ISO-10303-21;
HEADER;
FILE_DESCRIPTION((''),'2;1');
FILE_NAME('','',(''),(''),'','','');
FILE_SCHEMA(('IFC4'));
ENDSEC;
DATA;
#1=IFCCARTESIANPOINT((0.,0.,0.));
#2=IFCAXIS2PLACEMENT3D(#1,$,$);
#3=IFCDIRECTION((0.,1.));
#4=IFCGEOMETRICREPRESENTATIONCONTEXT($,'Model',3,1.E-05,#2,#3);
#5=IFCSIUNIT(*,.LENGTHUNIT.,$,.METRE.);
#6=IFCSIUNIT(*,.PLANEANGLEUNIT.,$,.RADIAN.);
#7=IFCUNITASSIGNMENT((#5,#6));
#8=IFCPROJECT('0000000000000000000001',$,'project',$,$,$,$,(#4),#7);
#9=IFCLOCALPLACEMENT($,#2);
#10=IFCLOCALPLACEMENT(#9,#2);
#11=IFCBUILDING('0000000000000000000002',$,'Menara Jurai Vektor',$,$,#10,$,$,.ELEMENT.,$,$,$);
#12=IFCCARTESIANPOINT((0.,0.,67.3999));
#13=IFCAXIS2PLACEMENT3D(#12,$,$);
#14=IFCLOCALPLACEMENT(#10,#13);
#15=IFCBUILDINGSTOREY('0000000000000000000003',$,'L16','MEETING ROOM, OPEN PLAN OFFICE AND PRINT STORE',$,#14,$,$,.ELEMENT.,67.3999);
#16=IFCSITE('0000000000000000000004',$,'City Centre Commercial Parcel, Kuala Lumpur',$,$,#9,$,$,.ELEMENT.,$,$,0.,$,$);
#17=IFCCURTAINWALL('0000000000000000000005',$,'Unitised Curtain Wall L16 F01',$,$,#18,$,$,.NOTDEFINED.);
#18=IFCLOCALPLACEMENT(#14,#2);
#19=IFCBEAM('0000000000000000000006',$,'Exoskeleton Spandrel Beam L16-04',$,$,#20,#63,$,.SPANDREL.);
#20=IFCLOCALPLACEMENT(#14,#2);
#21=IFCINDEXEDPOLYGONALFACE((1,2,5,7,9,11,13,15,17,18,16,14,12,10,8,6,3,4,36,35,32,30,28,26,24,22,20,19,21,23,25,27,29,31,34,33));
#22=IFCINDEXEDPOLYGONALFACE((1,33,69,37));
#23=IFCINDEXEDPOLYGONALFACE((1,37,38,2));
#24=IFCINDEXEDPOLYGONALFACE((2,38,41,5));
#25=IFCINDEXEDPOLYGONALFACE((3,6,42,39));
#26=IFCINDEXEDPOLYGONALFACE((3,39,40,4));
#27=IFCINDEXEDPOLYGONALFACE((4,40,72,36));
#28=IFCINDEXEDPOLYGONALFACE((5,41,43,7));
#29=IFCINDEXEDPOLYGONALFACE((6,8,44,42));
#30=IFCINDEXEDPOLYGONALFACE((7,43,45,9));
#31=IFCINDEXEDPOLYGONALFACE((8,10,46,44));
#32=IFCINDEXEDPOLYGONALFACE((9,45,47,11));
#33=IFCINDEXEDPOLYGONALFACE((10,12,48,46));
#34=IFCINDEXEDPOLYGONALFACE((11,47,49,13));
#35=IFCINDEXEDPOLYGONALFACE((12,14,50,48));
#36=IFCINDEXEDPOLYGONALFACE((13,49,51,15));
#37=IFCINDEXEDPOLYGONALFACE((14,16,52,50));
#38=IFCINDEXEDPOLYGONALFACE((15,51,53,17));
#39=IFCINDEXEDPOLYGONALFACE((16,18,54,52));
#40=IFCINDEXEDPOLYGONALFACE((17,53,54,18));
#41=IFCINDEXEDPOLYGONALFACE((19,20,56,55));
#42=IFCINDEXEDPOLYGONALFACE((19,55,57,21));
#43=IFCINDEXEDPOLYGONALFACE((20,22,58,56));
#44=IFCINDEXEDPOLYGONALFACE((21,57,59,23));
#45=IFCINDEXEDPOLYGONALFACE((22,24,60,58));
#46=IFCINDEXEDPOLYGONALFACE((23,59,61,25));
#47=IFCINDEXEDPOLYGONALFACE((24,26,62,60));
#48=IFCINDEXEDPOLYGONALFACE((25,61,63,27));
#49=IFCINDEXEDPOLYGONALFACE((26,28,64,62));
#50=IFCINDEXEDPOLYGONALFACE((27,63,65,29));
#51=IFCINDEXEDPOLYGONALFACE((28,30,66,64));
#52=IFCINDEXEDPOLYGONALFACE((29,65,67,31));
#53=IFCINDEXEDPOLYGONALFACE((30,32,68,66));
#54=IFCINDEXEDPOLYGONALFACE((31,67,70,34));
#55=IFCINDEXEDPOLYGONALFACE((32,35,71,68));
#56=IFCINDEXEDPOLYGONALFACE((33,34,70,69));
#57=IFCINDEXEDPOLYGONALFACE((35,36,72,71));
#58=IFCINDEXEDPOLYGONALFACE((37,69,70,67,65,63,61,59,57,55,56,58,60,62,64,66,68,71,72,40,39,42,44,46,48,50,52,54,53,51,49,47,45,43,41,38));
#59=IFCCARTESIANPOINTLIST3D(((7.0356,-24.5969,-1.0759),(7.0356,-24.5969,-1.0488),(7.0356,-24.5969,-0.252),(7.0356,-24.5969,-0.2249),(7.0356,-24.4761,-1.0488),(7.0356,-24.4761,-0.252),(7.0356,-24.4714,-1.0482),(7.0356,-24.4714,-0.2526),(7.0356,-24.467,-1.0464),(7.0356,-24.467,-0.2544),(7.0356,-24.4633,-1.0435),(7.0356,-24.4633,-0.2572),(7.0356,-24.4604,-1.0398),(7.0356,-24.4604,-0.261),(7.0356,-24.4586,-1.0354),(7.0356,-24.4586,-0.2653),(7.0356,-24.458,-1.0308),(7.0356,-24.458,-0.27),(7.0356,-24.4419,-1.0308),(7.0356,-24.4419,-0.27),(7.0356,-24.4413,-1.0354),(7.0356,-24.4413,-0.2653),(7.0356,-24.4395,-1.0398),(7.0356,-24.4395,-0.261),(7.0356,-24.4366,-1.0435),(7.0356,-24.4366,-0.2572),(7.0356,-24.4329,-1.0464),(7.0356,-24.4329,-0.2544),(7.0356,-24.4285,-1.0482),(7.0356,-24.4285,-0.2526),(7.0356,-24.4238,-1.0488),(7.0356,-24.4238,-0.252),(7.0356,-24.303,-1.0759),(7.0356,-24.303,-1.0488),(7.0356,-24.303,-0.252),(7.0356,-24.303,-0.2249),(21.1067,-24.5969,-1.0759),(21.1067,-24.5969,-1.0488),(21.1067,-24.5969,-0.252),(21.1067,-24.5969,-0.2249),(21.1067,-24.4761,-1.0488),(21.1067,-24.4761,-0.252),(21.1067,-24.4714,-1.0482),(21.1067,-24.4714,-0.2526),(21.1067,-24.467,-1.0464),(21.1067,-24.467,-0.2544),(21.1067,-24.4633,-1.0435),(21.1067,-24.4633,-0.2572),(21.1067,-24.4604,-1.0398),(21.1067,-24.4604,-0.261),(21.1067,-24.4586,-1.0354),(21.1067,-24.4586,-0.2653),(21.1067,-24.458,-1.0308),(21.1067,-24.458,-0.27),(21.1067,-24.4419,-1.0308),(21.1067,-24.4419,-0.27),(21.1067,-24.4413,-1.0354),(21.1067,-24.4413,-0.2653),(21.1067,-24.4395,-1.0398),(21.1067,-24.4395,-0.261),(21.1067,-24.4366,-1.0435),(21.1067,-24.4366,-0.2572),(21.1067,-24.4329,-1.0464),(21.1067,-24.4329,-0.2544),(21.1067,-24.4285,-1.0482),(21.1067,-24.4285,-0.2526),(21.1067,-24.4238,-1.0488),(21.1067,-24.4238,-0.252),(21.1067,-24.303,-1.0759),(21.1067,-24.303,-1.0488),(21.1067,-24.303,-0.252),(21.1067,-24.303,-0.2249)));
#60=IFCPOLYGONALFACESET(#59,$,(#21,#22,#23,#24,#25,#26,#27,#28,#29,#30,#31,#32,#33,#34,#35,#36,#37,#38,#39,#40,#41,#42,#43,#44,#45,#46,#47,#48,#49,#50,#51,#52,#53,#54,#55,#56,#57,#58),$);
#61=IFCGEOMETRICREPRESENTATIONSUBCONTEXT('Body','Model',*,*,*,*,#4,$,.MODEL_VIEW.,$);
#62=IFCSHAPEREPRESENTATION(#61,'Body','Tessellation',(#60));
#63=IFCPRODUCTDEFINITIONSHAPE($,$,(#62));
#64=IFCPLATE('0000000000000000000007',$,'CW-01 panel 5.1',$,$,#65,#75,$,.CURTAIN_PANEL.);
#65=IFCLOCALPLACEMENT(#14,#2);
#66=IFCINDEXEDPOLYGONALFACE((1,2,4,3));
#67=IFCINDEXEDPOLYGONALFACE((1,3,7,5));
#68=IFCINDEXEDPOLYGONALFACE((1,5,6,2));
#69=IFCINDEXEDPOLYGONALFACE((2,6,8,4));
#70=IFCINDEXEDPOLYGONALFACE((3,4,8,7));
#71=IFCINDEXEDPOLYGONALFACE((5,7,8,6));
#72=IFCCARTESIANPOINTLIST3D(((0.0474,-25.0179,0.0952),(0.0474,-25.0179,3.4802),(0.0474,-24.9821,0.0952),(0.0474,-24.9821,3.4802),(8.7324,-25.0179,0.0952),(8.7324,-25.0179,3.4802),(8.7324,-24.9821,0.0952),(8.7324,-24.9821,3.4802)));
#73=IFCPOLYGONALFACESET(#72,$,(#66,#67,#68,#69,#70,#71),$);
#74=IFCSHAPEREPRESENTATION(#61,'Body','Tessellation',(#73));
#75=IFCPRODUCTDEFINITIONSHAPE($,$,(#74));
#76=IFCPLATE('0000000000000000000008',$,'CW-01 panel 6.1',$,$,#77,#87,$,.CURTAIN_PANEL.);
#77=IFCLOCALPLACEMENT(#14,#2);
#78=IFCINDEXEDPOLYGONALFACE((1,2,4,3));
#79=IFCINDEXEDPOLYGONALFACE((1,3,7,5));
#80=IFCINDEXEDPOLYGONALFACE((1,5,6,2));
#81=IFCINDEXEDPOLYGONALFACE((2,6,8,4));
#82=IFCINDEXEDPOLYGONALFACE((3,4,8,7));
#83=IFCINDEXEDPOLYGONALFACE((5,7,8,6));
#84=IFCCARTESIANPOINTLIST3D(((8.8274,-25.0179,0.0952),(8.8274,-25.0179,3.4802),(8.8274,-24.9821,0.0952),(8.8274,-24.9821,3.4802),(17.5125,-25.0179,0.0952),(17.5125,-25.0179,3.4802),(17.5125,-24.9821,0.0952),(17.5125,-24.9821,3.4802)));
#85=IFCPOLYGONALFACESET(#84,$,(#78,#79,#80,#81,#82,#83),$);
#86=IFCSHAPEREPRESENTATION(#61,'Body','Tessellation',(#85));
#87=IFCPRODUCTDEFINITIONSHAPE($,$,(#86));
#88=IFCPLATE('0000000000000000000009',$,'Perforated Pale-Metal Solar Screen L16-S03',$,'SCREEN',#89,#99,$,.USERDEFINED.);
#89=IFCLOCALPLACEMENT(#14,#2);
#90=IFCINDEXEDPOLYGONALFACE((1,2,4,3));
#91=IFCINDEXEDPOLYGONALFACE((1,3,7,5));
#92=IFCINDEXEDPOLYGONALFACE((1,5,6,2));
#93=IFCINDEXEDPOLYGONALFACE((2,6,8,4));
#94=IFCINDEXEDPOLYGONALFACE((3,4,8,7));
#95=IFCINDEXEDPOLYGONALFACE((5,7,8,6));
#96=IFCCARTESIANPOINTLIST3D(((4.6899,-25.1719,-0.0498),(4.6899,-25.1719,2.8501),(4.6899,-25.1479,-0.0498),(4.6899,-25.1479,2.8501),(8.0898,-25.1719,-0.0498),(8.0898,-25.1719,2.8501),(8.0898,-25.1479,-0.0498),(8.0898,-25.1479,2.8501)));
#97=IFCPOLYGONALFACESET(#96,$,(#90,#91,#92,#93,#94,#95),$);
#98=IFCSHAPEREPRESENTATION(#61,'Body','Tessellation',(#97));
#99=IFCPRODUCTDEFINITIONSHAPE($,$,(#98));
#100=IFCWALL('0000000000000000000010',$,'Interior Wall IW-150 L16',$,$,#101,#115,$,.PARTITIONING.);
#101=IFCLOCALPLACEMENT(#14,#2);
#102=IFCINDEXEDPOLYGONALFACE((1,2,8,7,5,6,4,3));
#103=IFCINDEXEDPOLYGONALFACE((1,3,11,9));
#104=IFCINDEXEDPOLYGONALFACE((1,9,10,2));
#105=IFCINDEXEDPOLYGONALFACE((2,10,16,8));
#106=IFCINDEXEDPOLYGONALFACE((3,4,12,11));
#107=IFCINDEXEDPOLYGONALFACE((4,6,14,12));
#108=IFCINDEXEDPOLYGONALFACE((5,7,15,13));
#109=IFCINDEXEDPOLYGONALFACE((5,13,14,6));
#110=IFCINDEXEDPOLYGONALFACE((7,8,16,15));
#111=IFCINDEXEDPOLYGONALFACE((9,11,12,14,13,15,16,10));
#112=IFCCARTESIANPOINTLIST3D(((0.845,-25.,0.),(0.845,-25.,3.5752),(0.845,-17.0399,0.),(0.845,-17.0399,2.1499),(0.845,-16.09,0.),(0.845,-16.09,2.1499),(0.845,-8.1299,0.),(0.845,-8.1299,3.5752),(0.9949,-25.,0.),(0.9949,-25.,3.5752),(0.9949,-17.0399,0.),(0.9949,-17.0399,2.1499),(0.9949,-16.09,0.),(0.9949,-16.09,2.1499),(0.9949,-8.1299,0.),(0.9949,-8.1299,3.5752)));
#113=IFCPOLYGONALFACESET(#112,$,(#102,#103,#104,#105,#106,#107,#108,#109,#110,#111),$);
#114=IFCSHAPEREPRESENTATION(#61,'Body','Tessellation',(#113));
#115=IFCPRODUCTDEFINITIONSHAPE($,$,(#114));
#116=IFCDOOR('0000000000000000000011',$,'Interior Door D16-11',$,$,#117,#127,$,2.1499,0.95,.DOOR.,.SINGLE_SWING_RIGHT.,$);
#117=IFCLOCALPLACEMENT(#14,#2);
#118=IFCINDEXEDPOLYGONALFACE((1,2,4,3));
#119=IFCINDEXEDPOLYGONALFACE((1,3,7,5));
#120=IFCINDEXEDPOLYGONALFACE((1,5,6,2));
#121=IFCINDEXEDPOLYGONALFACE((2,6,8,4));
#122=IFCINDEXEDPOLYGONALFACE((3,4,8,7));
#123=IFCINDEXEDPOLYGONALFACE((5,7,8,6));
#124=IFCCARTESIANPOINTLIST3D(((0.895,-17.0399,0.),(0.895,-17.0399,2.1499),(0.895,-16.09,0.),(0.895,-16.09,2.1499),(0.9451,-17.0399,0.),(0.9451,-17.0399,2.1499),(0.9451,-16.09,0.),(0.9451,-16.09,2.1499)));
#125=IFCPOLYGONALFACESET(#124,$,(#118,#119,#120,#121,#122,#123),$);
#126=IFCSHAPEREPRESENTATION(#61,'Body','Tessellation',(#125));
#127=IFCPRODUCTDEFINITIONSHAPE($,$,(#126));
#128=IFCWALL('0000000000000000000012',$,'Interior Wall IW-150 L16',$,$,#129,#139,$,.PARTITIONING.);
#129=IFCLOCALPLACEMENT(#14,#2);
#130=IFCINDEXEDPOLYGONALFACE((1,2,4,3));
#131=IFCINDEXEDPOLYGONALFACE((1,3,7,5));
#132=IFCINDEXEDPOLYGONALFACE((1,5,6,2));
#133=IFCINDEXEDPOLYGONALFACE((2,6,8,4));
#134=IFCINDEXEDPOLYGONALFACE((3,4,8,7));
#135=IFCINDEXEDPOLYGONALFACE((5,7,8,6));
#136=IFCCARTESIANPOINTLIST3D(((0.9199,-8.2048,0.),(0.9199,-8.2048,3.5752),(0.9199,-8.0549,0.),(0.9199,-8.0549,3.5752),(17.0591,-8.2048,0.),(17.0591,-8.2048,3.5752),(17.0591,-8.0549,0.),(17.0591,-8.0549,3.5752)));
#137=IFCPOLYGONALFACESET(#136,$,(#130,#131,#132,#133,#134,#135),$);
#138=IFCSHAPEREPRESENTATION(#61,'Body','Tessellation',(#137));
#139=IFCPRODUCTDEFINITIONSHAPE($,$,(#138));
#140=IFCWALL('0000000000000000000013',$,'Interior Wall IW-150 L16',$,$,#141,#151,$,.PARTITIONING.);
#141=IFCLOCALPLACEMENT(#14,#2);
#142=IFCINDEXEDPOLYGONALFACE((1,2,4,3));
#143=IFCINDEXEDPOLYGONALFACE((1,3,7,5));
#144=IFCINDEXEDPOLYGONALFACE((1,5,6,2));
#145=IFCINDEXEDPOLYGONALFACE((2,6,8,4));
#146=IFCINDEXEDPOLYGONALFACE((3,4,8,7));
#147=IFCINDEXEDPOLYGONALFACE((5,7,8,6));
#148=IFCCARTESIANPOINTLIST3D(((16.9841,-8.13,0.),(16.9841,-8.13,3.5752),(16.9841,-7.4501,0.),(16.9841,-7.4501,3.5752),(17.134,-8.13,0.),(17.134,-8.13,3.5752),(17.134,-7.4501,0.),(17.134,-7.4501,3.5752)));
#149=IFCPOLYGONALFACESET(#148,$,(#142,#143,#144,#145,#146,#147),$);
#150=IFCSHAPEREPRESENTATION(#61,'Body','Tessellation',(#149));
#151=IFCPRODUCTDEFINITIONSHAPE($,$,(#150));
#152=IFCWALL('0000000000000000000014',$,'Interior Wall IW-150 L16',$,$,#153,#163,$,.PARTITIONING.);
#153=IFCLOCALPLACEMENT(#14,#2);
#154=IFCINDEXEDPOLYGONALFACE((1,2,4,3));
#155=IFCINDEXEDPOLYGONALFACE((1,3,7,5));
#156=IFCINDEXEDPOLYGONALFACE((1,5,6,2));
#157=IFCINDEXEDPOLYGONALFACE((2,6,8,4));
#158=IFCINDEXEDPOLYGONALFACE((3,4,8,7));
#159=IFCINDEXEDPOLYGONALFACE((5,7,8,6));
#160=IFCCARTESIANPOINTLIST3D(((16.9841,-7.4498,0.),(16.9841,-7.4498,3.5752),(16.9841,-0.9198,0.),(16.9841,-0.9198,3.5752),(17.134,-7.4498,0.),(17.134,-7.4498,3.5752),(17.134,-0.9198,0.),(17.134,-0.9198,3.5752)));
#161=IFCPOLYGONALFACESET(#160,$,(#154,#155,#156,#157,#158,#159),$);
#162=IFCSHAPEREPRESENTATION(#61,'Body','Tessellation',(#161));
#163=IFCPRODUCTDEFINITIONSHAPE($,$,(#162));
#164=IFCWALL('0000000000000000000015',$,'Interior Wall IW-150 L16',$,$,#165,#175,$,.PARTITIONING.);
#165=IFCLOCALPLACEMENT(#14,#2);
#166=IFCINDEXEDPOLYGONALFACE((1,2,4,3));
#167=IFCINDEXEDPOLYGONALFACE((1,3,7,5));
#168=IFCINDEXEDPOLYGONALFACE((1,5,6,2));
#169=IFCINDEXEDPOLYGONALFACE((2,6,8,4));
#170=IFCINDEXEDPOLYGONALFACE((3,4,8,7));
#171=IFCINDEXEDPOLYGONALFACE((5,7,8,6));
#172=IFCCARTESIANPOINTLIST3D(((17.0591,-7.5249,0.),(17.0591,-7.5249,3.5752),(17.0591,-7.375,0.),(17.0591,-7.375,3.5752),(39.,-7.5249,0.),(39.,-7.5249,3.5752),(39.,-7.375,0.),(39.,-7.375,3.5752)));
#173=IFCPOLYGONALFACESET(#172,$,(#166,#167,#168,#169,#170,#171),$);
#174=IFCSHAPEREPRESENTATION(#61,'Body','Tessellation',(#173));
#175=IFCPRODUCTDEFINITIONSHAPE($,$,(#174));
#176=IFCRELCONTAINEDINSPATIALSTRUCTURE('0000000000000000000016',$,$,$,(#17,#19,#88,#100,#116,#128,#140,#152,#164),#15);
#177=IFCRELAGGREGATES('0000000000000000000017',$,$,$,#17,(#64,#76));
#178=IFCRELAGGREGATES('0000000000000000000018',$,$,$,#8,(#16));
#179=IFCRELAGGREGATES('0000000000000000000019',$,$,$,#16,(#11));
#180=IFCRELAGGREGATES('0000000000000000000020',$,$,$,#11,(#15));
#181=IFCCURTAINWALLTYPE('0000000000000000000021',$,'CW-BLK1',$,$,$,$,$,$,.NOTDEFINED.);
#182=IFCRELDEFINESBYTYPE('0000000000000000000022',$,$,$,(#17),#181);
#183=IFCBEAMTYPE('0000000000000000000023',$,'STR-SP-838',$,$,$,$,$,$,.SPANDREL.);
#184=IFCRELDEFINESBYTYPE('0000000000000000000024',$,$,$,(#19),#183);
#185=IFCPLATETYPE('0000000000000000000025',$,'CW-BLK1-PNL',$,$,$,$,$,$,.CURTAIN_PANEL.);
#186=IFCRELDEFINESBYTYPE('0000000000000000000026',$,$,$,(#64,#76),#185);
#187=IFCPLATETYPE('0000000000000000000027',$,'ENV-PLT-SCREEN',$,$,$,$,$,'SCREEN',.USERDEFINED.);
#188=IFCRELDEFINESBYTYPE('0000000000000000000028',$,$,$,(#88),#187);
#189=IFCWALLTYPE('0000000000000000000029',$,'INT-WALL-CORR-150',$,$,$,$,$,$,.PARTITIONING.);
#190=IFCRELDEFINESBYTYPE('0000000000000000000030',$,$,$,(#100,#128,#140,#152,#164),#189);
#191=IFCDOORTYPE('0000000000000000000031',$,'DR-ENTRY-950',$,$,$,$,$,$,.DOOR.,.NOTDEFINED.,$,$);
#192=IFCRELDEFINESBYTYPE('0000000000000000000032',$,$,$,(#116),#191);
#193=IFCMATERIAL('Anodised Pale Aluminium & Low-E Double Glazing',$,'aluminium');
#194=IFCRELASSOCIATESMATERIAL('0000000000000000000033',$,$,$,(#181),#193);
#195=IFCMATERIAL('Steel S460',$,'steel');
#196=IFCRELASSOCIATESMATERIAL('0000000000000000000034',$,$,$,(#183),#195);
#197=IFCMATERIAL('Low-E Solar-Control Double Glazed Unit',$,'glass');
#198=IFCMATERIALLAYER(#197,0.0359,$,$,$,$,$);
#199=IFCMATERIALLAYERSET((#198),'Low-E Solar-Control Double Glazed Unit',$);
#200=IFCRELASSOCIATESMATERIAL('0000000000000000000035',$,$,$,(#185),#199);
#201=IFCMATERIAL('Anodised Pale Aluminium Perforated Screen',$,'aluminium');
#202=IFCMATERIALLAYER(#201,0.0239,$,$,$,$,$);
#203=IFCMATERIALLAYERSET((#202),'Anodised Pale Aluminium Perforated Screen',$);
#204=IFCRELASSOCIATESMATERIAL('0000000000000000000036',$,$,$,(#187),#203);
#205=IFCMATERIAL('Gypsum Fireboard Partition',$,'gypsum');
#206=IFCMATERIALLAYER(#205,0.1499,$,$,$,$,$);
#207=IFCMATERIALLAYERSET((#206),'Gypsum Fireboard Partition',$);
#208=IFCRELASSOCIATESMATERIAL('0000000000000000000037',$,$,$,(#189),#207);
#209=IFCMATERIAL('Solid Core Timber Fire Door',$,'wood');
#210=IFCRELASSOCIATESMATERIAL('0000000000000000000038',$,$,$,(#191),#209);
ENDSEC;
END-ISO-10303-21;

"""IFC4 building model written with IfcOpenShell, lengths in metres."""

from ifc_helpers import new_model, si_unit, direction, frame, frame_2d, origin, origin_2d, place, context, subcontext, project, spatial, rectangle, i_section, extrude, material, layer, layer_set, material_profile, profile_set, type_object, element, fill, aggregate, save


model = new_model("IFC4")

# Units and contexts
model_context = context("Model", 3, precision=1e-05, world=origin(), true_north=direction((0.0, 1.0)))
body_context = subcontext(model_context, "Body", "Model", "MODEL_VIEW")
ifc_project = project(units=[si_unit("LENGTHUNIT", "METRE"), si_unit("PLANEANGLEUNIT", "RADIAN")], contexts=[model_context])

# Site, building, storey
site_placement = place(None, origin())
site = spatial("IfcSite", under=ifc_project, at=site_placement, Name="City Centre Commercial Parcel, Kuala Lumpur", CompositionType="ELEMENT", RefElevation=0.0)
building_placement = place(site_placement, origin())
building = spatial("IfcBuilding", under=site, at=building_placement, Name="Menara Jurai Vektor", CompositionType="ELEMENT")
storey_placement = place(building_placement, frame((0.0, 0.0, 67.3999)))
storey = spatial("IfcBuildingStorey", under=building, at=storey_placement, Name="L16", Description="MEETING ROOM, OPEN PLAN OFFICE AND PRINT STORE", CompositionType="ELEMENT", Elevation=67.3999)

# Shared definitions
ifc_material_1 = material(Name="Steel S460", Category="steel")

# Curtain wall
ifc_material_2 = material(Name="Anodised Pale Aluminium & Low-E Double Glazing", Category="aluminium")
curtain_wall_type = type_object("IfcCurtainWallType", Name="CW-BLK1", PredefinedType="NOTDEFINED", material=ifc_material_2)
curtain_wall_placement = place(storey_placement, origin())
curtain_wall = element("IfcCurtainWall", 1, at=curtain_wall_placement, inside=storey, type_object=curtain_wall_type, Name="Unitised Curtain Wall L16 F01", PredefinedType="NOTDEFINED")

# Beam
ifc_material_profile_1 = material_profile(ifc_material_1, i_section(OverallWidth=0.2939, OverallDepth=0.8511, WebThickness=0.0161, FlangeThickness=0.0271, FilletRadius=0.0181, at=origin_2d()), Name="UKB 838x292x226")
ifc_profile_set_1 = profile_set([ifc_material_profile_1], Name="Steel S460")
beam_type_1 = type_object("IfcBeamType", Name="STR-SP-838", PredefinedType="SPANDREL", material=ifc_profile_set_1)
beam_1_placement = place(storey_placement, frame((7.0356, -24.45, -0.6504), z_axis=(1.0, 0.0, 0.0), x_axis=(0.0, 1.0, 0.0)))
element("IfcBeam", 2, at=beam_1_placement, inside=storey, type_object=beam_type_1, Name="Exoskeleton Spandrel Beam L16-04", PredefinedType="SPANDREL", context=body_context, shape_type="SweptSolid", body=[
    extrude(i_section(OverallWidth=0.2939, OverallDepth=0.8511, WebThickness=0.0161, FlangeThickness=0.0271, FilletRadius=0.0181, at=origin_2d()), origin(), (0.0, 0.0, 1.0), 14.071),
])

# Plates
ifc_material_3 = material(Name="Low-E Solar-Control Double Glazed Unit", Category="glass")
ifc_layer_1 = layer(ifc_material_3, 0.0359)
ifc_layer_set_1 = layer_set([ifc_layer_1], Name="Low-E Solar-Control Double Glazed Unit")
plate_type_1 = type_object("IfcPlateType", Name="CW-BLK1-PNL", PredefinedType="CURTAIN_PANEL", material=ifc_layer_set_1)
plate_1_placement = place(storey_placement, frame((4.3899, -25.0, 0.0952), z_axis=(0.0, 0.0, 1.0), x_axis=(1.0, 0.0, 0.0)))
plate_1 = element("IfcPlate", 3, at=plate_1_placement, type_object=plate_type_1, Name="CW-01 panel 5.1", PredefinedType="CURTAIN_PANEL", context=body_context, shape_type="SweptSolid", body=[
    extrude(rectangle(XDim=8.6851, YDim=0.0359, at=origin_2d()), origin(), (0.0, 0.0, 1.0), 3.385),
])
plate_2_placement = place(storey_placement, frame((13.1699, -25.0, 0.0952), z_axis=(0.0, 0.0, 1.0), x_axis=(1.0, 0.0, 0.0)))
plate_2 = element("IfcPlate", 4, at=plate_2_placement, type_object=plate_type_1, Name="CW-01 panel 6.1", PredefinedType="CURTAIN_PANEL", context=body_context, shape_type="SweptSolid", body=[
    extrude(rectangle(XDim=8.6851, YDim=0.0359, at=origin_2d()), origin(), (0.0, 0.0, 1.0), 3.385),
])
aggregate(curtain_wall, [plate_1, plate_2])
ifc_material_4 = material(Name="Anodised Pale Aluminium Perforated Screen", Category="aluminium")
ifc_layer_2 = layer(ifc_material_4, 0.0239)
ifc_layer_set_2 = layer_set([ifc_layer_2], Name="Anodised Pale Aluminium Perforated Screen")
plate_type_2 = type_object("IfcPlateType", Name="ENV-PLT-SCREEN", ElementType="SCREEN", PredefinedType="USERDEFINED", material=ifc_layer_set_2)
plate_3_placement = place(storey_placement, frame((6.3899, -25.1599, -0.0498), z_axis=(0.0, 0.0, 1.0), x_axis=(1.0, 0.0, 0.0)))
element("IfcPlate", 5, at=plate_3_placement, inside=storey, type_object=plate_type_2, Name="Perforated Pale-Metal Solar Screen L16-S03", ObjectType="SCREEN", PredefinedType="USERDEFINED", context=body_context, shape_type="SweptSolid", body=[
    extrude(rectangle(XDim=3.3999, YDim=0.0239, at=origin_2d()), origin(), (0.0, 0.0, 1.0), 2.8999),
])

# Wall, opening, door
ifc_material_5 = material(Name="Gypsum Fireboard Partition", Category="gypsum")
ifc_layer_3 = layer(ifc_material_5, 0.1499)
ifc_layer_set_3 = layer_set([ifc_layer_3], Name="Gypsum Fireboard Partition")
wall_type_1 = type_object("IfcWallType", Name="INT-WALL-CORR-150", PredefinedType="PARTITIONING", material=ifc_layer_set_3)
wall_1_placement = place(storey_placement, frame((0.9199, -25.0, 0.0), z_axis=(0.0, 0.0, 1.0), x_axis=(0.0, 1.0, 0.0)))
wall_1 = element("IfcWall", 6, at=wall_1_placement, inside=storey, type_object=wall_type_1, Name="Interior Wall IW-150 L16", PredefinedType="PARTITIONING", context=body_context, shape_type="SweptSolid", body=[
    extrude(rectangle(XDim=16.8701, YDim=0.1499, at=frame_2d((8.4351, 0.0))), origin(), (0.0, 0.0, 1.0), 3.5752),
])
opening_placement = place(wall_1_placement, frame((7.96, 0.0, 0.0)))
opening = element("IfcOpeningElement", 7, at=opening_placement, cuts=wall_1, PredefinedType="OPENING", context=body_context, shape_type="SweptSolid", body=[
    extrude(rectangle(XDim=0.95, YDim=2.1499, at=frame_2d((0.4751, 1.075))), frame((0.0, 0.085, 0.0), z_axis=(0.0, -1.0, 0.0), x_axis=(1.0, 0.0, 0.0)), (0.0, 0.0, 1.0), 0.1699),
])
ifc_material_6 = material(Name="Solid Core Timber Fire Door", Category="wood")
door_type = type_object("IfcDoorType", Name="DR-ENTRY-950", OperationType="NOTDEFINED", PredefinedType="DOOR", material=ifc_material_6)
door_placement = place(opening_placement, origin())
door = element("IfcDoor", 8, at=door_placement, inside=storey, type_object=door_type, Name="Interior Door D16-11", OperationType="SINGLE_SWING_RIGHT", OverallHeight=2.1499, OverallWidth=0.95, PredefinedType="DOOR", context=body_context, shape_type="SweptSolid", body=[
    extrude(rectangle(XDim=0.95, YDim=2.1499, at=frame_2d((0.4751, 1.075))), frame((0.0, 0.0249, 0.0), z_axis=(0.0, -1.0, 0.0), x_axis=(1.0, 0.0, 0.0)), (0.0, 0.0, 1.0), 0.05),
])
fill(opening, door)

# Walls
wall_2_placement = place(storey_placement, frame((0.9199, -8.1299, 0.0), z_axis=(0.0, 0.0, 1.0), x_axis=(1.0, 0.0, 0.0)))
element("IfcWall", 9, at=wall_2_placement, inside=storey, type_object=wall_type_1, Name="Interior Wall IW-150 L16", PredefinedType="PARTITIONING", context=body_context, shape_type="SweptSolid", body=[
    extrude(rectangle(XDim=16.1392, YDim=0.1499, at=frame_2d((8.0696, 0.0))), origin(), (0.0, 0.0, 1.0), 3.5752),
])
wall_3_placement = place(storey_placement, frame((17.0591, -8.1299, 0.0), z_axis=(0.0, 0.0, 1.0), x_axis=(0.0, 1.0, 0.0)))
element("IfcWall", 10, at=wall_3_placement, inside=storey, type_object=wall_type_1, Name="Interior Wall IW-150 L16", PredefinedType="PARTITIONING", context=body_context, shape_type="SweptSolid", body=[
    extrude(rectangle(XDim=0.6799, YDim=0.1499, at=frame_2d((0.3398, 0.0))), origin(), (0.0, 0.0, 1.0), 3.5752),
])
wall_4_placement = place(storey_placement, frame((17.0591, -7.45, 0.0), z_axis=(0.0, 0.0, 1.0), x_axis=(0.0, 1.0, 0.0)))
element("IfcWall", 11, at=wall_4_placement, inside=storey, type_object=wall_type_1, Name="Interior Wall IW-150 L16", PredefinedType="PARTITIONING", context=body_context, shape_type="SweptSolid", body=[
    extrude(rectangle(XDim=6.53, YDim=0.1499, at=frame_2d((3.2651, 0.0))), origin(), (0.0, 0.0, 1.0), 3.5752),
])
wall_5_placement = place(storey_placement, frame((17.0591, -7.45, 0.0), z_axis=(0.0, 0.0, 1.0), x_axis=(1.0, 0.0, 0.0)))
element("IfcWall", 12, at=wall_5_placement, inside=storey, type_object=wall_type_1, Name="Interior Wall IW-150 L16", PredefinedType="PARTITIONING", context=body_context, shape_type="SweptSolid", body=[
    extrude(rectangle(XDim=21.9409, YDim=0.1499, at=frame_2d((10.9705, 0.0))), origin(), (0.0, 0.0, 1.0), 3.5752),
])

save(model, "model.ifc")
